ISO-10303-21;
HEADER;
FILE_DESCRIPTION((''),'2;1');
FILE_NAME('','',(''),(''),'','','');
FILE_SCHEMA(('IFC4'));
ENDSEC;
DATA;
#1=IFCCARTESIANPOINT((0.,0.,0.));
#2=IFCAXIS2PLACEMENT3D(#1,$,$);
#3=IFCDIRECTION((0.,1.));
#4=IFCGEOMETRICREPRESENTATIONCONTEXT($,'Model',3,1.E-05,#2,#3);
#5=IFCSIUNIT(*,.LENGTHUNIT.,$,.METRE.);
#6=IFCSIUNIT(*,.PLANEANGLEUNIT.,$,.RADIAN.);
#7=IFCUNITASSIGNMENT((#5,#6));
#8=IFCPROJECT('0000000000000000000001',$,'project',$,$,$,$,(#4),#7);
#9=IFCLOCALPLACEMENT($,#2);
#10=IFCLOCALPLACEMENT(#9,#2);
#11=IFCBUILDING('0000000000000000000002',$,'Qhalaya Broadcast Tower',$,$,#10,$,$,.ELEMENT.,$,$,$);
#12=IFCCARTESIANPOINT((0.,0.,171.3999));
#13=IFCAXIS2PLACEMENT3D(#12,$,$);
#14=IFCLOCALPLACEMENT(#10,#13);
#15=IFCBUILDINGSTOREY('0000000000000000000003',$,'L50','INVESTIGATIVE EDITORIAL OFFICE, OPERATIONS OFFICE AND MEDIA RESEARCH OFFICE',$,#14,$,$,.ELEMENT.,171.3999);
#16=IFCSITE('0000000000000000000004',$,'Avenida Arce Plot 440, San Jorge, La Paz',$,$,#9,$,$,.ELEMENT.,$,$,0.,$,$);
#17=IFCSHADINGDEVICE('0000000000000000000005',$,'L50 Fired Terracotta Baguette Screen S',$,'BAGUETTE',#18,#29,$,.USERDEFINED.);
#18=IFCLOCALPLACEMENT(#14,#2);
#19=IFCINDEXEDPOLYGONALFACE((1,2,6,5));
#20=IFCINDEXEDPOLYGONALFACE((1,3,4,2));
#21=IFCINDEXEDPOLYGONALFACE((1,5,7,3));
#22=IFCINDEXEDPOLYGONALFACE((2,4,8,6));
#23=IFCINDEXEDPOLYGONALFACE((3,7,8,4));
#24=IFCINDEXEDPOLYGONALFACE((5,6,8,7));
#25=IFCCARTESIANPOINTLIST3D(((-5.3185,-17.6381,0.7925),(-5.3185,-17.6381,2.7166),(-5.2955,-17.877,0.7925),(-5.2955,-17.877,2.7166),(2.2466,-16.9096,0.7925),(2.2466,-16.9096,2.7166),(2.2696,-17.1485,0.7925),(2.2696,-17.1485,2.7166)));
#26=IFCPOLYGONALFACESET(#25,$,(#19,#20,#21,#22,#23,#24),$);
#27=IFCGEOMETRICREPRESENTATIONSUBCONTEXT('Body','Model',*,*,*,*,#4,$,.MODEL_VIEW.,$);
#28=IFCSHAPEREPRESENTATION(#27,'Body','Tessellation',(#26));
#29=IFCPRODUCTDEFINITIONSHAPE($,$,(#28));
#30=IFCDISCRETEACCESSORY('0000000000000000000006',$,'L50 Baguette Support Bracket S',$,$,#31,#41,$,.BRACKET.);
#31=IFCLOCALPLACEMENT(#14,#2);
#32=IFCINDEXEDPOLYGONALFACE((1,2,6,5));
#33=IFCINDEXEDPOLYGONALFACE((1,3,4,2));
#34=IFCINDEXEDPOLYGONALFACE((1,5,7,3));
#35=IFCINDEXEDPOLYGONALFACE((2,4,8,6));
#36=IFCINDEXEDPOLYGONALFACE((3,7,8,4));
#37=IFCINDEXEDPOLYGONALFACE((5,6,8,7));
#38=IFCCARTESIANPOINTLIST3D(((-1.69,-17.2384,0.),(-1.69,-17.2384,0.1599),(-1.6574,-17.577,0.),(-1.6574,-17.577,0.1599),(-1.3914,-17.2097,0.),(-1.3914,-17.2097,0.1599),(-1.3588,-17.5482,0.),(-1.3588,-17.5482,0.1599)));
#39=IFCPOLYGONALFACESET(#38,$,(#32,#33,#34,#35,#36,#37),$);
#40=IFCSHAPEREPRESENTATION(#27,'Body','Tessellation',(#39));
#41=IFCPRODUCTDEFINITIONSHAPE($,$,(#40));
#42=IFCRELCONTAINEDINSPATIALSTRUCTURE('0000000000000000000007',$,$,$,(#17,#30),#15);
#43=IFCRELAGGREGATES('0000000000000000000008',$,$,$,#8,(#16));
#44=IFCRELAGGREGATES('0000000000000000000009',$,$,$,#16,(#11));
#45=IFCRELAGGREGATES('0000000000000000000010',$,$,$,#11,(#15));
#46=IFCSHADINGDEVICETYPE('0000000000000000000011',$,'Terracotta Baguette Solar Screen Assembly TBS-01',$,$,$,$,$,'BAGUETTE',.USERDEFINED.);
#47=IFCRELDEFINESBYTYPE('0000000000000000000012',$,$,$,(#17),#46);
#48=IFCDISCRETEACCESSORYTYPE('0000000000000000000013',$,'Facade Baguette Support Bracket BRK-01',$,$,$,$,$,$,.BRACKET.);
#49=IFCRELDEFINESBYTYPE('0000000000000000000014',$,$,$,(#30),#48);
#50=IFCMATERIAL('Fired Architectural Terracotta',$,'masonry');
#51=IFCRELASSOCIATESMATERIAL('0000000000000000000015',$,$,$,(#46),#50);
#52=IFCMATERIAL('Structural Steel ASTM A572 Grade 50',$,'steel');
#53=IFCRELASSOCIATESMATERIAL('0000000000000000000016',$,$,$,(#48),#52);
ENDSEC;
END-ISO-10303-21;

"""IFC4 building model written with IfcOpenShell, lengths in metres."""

from ifc_helpers import new_model, si_unit, direction, frame, origin, origin_2d, place, context, subcontext, project, spatial, rectangle, extrude, material, type_object, element, save


model = new_model("IFC4")

# Units and contexts
model_context = context("Model", 3, precision=1e-05, world=origin(), true_north=direction((0.0, 1.0)))
body_context = subcontext(model_context, "Body", "Model", "MODEL_VIEW")
ifc_project = project(units=[si_unit("LENGTHUNIT", "METRE"), si_unit("PLANEANGLEUNIT", "RADIAN")], contexts=[model_context])

# Site, building, storey
site_placement = place(None, origin())
site = spatial("IfcSite", under=ifc_project, at=site_placement, Name="Avenida Arce Plot 440, San Jorge, La Paz", CompositionType="ELEMENT", RefElevation=0.0)
building_placement = place(site_placement, origin())
building = spatial("IfcBuilding", under=site, at=building_placement, Name="Qhalaya Broadcast Tower", CompositionType="ELEMENT")
storey_placement = place(building_placement, frame((0.0, 0.0, 171.3999)))
storey = spatial("IfcBuildingStorey", under=building, at=storey_placement, Name="L50", Description="INVESTIGATIVE EDITORIAL OFFICE, OPERATIONS OFFICE AND MEDIA RESEARCH OFFICE", CompositionType="ELEMENT", Elevation=171.3999)

# Shared definitions
ifc_material_1 = material(Name="Structural Steel ASTM A572 Grade 50", Category="steel")

# Shared definitions
ifc_material_2 = material(Name="Fired Architectural Terracotta", Category="masonry")

# Shading device
shading_device_type = type_object("IfcShadingDeviceType", Name="Terracotta Baguette Solar Screen Assembly TBS-01", ElementType="BAGUETTE", PredefinedType="USERDEFINED", material=ifc_material_2)
shading_device_placement = place(storey_placement, frame((-1.5244, -17.3933, 0.7925), z_axis=(0.0, 0.0, 1.0), x_axis=(0.995396, 0.095846, 0.0)))
element("IfcShadingDevice", 1, at=shading_device_placement, inside=storey, type_object=shading_device_type, Name="L50 Fired Terracotta Baguette Screen S", ObjectType="BAGUETTE", PredefinedType="USERDEFINED", context=body_context, shape_type="SweptSolid", body=[
    extrude(rectangle(XDim=7.6001, YDim=0.24, at=origin_2d()), origin(), (0.0, 0.0, 1.0), 1.9241),
])

# Discrete accessory
discrete_accessory_type = type_object("IfcDiscreteAccessoryType", Name="Facade Baguette Support Bracket BRK-01", PredefinedType="BRACKET", material=ifc_material_1)
discrete_accessory_placement = place(storey_placement, frame((-1.5244, -17.3933, 0.0), z_axis=(0.0, 0.0, 1.0), x_axis=(0.995396, 0.095846, 0.0)))
element("IfcDiscreteAccessory", 2, at=discrete_accessory_placement, inside=storey, type_object=discrete_accessory_type, Name="L50 Baguette Support Bracket S", PredefinedType="BRACKET", context=body_context, shape_type="SweptSolid", body=[
    extrude(rectangle(XDim=0.3, YDim=0.3401, at=origin_2d()), origin(), (0.0, 0.0, 1.0), 0.1599),
])

save(model, "model.ifc")
